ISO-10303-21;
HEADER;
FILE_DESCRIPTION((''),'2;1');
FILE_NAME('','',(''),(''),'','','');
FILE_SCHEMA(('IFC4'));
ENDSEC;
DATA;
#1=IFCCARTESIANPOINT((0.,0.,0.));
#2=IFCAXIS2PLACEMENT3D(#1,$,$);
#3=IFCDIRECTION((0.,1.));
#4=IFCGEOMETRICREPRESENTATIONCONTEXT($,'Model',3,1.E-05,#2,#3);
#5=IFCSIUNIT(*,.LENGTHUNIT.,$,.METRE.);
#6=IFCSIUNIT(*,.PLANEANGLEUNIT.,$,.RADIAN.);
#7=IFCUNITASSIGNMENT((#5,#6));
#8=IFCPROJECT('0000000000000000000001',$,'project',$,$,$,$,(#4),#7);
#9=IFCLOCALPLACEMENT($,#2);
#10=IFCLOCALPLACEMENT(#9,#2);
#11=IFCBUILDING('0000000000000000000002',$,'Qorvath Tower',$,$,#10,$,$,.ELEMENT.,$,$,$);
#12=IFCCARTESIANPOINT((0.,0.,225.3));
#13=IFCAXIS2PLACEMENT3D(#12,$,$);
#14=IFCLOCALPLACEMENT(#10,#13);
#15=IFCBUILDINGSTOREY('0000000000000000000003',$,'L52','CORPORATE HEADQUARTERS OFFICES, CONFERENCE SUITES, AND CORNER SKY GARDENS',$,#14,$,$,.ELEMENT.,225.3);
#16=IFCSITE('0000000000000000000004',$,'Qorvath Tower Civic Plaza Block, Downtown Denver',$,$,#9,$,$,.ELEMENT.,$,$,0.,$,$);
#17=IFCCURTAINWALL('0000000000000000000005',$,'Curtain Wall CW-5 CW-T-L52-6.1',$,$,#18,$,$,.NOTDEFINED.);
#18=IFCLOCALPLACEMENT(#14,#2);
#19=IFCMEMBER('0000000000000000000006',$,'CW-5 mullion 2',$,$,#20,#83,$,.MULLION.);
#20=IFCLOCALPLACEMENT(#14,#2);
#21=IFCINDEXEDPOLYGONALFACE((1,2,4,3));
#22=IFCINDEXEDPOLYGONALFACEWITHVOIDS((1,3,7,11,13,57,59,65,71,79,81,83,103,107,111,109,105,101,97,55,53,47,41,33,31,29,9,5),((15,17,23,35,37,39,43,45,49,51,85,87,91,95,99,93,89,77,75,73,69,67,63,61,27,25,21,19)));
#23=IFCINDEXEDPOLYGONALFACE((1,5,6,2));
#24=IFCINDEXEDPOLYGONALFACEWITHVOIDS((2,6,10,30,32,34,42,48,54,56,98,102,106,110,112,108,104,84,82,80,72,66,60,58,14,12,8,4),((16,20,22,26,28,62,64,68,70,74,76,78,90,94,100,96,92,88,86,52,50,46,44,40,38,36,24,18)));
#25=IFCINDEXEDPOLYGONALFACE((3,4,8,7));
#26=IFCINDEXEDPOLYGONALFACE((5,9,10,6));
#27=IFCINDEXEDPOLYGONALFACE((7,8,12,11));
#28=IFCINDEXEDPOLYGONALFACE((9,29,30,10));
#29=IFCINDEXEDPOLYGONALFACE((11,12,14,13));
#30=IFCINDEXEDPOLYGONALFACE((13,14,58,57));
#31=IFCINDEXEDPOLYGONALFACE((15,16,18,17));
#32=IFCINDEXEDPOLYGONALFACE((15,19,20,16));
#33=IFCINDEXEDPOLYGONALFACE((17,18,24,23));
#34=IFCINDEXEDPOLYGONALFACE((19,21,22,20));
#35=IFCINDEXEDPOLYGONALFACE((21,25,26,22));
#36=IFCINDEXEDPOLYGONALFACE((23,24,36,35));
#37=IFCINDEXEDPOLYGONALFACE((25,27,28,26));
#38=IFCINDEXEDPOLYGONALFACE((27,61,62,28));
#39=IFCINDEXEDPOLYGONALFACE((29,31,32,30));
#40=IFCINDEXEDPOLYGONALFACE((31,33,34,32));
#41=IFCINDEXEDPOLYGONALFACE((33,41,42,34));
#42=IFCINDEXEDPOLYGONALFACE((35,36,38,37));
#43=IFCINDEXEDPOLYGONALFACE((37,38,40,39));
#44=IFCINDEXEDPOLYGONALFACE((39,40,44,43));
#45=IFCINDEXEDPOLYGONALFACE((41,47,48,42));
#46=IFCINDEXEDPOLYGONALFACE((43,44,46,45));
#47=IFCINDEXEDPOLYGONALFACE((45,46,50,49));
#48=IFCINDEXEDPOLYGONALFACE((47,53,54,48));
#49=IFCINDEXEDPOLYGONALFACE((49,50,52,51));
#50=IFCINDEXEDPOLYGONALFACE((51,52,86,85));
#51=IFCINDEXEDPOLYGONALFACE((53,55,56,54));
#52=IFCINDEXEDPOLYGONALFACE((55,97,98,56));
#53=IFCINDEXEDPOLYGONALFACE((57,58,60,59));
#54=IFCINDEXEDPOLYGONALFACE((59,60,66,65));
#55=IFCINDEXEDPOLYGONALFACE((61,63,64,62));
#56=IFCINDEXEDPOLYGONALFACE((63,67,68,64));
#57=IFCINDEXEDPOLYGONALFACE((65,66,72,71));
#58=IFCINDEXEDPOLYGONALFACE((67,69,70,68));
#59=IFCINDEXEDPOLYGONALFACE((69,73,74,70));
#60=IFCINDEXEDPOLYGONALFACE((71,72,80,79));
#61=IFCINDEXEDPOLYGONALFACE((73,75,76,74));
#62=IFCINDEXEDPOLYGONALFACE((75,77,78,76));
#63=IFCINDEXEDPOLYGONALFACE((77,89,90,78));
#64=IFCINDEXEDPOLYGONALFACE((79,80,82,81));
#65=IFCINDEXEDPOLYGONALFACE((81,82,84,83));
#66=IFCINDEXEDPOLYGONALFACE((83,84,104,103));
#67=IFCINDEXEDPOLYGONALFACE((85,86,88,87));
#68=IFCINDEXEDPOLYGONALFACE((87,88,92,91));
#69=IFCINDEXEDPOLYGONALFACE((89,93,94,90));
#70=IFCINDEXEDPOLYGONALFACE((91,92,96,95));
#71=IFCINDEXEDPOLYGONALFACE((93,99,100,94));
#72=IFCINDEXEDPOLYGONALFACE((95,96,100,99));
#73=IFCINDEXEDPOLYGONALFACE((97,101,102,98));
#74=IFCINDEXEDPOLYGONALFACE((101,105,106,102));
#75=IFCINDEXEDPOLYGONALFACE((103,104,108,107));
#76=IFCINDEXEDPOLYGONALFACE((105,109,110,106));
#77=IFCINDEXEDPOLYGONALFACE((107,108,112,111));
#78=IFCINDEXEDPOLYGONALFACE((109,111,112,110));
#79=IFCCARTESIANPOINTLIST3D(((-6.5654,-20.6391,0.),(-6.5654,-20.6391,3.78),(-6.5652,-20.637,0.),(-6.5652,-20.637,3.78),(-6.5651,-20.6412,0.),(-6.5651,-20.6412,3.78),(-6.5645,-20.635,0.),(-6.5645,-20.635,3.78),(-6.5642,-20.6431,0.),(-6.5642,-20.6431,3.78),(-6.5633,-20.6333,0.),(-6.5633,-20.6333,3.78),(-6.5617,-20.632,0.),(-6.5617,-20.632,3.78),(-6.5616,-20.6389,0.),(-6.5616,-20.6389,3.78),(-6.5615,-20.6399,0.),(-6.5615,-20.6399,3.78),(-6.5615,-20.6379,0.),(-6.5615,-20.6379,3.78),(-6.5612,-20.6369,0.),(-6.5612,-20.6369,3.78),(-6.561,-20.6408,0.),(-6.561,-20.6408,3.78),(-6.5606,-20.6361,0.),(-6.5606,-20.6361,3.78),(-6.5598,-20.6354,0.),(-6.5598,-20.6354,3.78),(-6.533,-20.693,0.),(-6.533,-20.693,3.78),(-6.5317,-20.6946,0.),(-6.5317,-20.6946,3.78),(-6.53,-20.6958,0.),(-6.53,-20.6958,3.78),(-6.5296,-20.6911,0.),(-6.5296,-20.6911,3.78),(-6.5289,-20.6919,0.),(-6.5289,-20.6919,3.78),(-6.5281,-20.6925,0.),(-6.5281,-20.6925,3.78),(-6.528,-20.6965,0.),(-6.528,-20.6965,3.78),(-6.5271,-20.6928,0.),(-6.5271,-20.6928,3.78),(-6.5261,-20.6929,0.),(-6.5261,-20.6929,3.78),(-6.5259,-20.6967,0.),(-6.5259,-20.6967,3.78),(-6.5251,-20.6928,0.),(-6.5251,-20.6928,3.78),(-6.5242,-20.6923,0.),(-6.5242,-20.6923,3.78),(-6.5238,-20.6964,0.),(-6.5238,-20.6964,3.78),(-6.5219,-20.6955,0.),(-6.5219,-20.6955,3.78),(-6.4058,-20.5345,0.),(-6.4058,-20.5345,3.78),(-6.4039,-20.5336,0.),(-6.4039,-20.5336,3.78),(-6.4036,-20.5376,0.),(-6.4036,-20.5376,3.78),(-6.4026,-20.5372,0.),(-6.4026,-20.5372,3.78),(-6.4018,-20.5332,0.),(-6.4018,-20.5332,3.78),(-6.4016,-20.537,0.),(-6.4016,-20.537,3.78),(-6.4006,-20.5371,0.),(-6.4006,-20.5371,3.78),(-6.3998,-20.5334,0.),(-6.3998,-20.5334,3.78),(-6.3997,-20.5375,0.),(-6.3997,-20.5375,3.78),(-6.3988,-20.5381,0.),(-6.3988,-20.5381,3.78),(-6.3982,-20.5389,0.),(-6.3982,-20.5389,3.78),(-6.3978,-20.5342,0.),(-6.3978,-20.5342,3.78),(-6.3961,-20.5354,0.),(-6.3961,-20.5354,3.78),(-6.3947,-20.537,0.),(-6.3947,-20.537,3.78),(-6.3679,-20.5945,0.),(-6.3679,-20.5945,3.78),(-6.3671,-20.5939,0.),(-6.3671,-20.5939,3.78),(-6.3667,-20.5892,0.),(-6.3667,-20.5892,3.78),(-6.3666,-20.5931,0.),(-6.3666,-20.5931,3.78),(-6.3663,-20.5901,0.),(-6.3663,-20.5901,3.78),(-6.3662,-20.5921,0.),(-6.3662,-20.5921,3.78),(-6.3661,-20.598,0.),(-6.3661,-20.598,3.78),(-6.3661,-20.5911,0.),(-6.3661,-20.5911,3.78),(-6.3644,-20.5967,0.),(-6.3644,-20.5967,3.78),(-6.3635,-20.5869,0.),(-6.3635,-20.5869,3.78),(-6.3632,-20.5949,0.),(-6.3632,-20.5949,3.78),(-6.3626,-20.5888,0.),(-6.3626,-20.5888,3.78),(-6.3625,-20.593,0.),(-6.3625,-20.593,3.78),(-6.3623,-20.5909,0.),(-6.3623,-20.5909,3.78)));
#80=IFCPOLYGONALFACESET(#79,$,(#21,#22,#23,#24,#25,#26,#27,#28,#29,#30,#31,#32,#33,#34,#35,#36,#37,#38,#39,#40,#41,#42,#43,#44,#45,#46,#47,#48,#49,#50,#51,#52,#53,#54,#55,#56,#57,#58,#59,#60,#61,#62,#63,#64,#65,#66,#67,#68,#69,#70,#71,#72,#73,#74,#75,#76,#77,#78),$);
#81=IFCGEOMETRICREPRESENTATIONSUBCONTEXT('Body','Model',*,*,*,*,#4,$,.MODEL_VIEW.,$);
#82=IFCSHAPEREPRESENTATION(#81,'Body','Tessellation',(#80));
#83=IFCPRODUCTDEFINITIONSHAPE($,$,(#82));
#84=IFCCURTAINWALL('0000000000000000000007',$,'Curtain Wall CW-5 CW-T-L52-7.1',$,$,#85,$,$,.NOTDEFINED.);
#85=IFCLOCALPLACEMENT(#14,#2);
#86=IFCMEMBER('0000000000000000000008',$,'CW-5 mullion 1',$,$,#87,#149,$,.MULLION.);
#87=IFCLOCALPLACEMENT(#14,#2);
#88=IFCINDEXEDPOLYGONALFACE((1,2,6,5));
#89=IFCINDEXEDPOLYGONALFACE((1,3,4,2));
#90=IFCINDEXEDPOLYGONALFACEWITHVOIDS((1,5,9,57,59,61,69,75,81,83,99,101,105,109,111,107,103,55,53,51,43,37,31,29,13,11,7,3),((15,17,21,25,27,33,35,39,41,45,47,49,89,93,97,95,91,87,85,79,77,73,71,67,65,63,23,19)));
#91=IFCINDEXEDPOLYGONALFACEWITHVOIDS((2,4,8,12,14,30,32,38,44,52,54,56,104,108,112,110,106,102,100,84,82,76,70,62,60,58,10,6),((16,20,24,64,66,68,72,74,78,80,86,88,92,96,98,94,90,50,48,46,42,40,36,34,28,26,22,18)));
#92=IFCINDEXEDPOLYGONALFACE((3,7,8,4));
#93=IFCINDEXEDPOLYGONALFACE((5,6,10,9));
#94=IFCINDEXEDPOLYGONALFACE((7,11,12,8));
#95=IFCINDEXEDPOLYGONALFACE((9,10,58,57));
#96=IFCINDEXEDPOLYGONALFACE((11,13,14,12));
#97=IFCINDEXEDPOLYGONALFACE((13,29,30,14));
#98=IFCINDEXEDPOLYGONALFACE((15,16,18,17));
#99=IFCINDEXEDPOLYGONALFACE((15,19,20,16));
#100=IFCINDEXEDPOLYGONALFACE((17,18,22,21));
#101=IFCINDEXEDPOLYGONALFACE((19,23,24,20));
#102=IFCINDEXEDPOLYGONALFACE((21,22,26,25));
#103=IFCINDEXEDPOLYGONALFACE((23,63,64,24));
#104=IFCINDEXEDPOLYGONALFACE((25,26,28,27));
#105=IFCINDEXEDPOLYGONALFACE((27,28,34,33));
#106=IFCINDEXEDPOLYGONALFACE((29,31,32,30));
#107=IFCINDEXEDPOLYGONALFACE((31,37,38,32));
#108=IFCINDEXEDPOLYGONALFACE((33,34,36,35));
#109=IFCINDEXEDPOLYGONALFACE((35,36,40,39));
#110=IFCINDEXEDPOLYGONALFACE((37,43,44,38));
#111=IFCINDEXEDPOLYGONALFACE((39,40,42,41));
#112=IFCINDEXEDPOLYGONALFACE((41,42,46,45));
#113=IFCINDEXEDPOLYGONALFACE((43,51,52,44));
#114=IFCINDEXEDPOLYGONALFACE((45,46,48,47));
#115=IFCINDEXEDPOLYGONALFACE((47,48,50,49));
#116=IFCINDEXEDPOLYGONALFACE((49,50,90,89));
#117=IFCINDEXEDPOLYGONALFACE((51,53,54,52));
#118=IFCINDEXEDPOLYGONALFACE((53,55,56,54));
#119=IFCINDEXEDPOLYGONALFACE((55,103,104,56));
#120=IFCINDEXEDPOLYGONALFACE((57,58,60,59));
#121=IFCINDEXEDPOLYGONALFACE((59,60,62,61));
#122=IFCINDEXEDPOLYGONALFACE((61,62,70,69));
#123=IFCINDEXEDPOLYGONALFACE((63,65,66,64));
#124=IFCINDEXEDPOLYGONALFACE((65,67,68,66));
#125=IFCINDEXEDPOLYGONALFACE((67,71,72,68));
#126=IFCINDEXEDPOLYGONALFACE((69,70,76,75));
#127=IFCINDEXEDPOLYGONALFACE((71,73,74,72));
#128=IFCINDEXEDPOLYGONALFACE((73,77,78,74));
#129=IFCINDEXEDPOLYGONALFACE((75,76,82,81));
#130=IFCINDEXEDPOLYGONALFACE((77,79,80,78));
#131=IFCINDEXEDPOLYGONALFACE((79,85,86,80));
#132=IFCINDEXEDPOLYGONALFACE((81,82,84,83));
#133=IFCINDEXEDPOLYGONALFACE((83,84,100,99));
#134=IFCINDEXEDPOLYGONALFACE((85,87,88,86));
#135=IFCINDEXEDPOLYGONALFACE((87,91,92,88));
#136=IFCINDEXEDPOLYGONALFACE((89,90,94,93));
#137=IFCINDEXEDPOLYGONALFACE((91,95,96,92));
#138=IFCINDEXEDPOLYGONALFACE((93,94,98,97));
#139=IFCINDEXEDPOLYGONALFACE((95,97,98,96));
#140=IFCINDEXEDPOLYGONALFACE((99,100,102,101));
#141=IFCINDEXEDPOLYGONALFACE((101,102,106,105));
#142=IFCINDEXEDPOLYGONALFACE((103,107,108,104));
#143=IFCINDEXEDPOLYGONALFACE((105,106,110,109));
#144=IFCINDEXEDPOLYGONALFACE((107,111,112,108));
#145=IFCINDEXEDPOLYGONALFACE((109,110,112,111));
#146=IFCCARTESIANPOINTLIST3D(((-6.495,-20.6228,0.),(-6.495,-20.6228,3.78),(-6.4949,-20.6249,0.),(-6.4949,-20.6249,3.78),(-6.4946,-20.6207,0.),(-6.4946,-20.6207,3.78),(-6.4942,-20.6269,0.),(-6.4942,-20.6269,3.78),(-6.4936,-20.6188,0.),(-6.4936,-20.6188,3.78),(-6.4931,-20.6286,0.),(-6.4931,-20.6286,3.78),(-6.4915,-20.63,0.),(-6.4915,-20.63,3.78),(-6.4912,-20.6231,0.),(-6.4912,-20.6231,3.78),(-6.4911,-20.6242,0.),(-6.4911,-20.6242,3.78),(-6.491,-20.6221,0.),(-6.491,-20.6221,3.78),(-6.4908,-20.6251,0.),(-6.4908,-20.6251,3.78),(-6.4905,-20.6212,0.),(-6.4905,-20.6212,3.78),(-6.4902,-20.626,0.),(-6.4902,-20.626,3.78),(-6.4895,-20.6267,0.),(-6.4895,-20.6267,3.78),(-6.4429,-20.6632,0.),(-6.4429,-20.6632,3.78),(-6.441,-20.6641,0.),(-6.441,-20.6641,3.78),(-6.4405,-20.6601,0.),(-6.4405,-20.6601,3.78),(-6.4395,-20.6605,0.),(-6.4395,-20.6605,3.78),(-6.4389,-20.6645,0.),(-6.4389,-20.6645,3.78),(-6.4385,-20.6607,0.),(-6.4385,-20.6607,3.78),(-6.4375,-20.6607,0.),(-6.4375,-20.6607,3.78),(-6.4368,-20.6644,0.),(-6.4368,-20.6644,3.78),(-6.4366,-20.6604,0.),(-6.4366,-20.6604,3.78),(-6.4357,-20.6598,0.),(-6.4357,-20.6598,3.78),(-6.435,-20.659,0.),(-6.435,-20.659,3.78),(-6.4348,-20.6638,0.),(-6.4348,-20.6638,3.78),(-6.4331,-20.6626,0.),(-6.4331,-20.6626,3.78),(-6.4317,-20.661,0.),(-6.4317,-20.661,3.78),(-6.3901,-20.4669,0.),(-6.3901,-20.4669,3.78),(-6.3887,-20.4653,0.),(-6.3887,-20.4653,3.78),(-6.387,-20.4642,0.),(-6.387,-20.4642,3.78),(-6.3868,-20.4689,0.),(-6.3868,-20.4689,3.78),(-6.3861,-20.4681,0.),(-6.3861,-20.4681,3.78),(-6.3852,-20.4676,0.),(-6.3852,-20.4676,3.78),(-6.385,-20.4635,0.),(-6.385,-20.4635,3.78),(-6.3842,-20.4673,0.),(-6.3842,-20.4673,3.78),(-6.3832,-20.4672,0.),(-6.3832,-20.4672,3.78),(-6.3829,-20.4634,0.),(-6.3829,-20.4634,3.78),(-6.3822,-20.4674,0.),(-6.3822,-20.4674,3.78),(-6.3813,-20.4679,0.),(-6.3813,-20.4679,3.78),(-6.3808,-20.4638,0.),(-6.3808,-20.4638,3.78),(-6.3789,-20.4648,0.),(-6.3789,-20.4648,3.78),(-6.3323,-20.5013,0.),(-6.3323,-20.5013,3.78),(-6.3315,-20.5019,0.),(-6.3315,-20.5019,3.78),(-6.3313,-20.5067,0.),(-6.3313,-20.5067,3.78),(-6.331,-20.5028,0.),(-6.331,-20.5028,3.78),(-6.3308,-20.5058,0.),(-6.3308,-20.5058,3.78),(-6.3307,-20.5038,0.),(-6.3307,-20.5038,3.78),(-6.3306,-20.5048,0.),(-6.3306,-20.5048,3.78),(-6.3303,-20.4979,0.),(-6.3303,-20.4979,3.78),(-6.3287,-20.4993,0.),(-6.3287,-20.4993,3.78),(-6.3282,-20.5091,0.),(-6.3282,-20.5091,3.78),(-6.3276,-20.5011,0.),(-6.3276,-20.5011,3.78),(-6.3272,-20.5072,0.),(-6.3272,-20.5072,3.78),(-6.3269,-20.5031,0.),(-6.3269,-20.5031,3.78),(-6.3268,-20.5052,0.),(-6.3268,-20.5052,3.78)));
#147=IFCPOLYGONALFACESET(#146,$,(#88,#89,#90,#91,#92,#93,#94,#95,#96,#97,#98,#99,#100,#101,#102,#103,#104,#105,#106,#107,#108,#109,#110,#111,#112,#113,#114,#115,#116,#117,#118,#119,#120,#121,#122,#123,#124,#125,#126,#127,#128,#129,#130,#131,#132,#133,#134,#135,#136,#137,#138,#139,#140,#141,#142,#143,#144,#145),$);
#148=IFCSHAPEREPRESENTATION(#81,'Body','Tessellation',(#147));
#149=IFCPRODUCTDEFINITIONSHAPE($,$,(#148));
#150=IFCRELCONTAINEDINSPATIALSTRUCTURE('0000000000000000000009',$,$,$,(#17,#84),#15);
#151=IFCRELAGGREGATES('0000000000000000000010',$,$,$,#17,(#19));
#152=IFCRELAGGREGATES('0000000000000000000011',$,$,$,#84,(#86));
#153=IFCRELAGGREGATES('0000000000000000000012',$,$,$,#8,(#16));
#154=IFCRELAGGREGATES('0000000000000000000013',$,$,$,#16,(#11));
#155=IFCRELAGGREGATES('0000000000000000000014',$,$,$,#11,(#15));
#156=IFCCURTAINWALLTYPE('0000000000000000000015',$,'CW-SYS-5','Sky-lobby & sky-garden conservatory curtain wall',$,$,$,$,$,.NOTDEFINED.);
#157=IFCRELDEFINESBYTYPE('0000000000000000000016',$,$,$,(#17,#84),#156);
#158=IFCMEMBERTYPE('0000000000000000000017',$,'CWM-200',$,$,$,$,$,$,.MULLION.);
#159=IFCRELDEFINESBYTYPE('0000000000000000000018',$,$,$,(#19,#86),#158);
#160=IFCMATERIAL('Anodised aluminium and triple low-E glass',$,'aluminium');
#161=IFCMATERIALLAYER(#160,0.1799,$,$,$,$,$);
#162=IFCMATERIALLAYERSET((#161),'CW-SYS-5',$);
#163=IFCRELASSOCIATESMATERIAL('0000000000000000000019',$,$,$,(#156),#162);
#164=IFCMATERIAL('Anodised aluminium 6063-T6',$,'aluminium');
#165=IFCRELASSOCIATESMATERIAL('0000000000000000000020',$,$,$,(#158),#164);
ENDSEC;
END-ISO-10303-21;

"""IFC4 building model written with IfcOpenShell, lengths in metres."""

from ifc_helpers import new_model, si_unit, direction, frame, origin, origin_2d, place, context, subcontext, project, spatial, hollow_rectangle, extrude, material, layer, layer_set, material_profile, profile_set, type_object, element, aggregate, save


model = new_model("IFC4")

# Units and contexts
model_context = context("Model", 3, precision=1e-05, world=origin(), true_north=direction((0.0, 1.0)))
body_context = subcontext(model_context, "Body", "Model", "MODEL_VIEW")
ifc_project = project(units=[si_unit("LENGTHUNIT", "METRE"), si_unit("PLANEANGLEUNIT", "RADIAN")], contexts=[model_context])

# Site, building, storey
site_placement = place(None, origin())
site = spatial("IfcSite", under=ifc_project, at=site_placement, Name="Qorvath Tower Civic Plaza Block, Downtown Denver", CompositionType="ELEMENT", RefElevation=0.0)
building_placement = place(site_placement, origin())
building = spatial("IfcBuilding", under=site, at=building_placement, Name="Qorvath Tower", CompositionType="ELEMENT")
storey_placement = place(building_placement, frame((0.0, 0.0, 225.3)))
storey = spatial("IfcBuildingStorey", under=building, at=storey_placement, Name="L52", Description="CORPORATE HEADQUARTERS OFFICES, CONFERENCE SUITES, AND CORNER SKY GARDENS", CompositionType="ELEMENT", Elevation=225.3)

# Shared definitions
ifc_material_1 = material(Name="Anodised aluminium and triple low-E glass", Category="aluminium")
ifc_layer_1 = layer(ifc_material_1, 0.1799)
ifc_layer_set_1 = layer_set([ifc_layer_1], Name="CW-SYS-5")
curtain_wall_type = type_object("IfcCurtainWallType", Name="CW-SYS-5", Description="Sky-lobby & sky-garden conservatory curtain wall", PredefinedType="NOTDEFINED", material=ifc_layer_set_1)
ifc_material_2 = material(Name="Anodised aluminium 6063-T6", Category="aluminium")
ifc_material_profile_1 = material_profile(ifc_material_2, hollow_rectangle(XDim=0.075, YDim=0.2, WallThickness=0.0039, InnerFilletRadius=0.0039, OuterFilletRadius=0.0081, at=origin_2d()), Name="CWM 200x75")
ifc_profile_set_1 = profile_set([ifc_material_profile_1], Name="Anodised aluminium 6063-T6")
member_type_1 = type_object("IfcMemberType", Name="CWM-200", PredefinedType="MULLION", material=ifc_profile_set_1)

# Curtain wall, member
curtain_wall_1_placement = place(storey_placement, origin())
curtain_wall_1 = element("IfcCurtainWall", 1, at=curtain_wall_1_placement, inside=storey, type_object=curtain_wall_type, Name="Curtain Wall CW-5 CW-T-L52-6.1", PredefinedType="NOTDEFINED")
member_1_placement = place(storey_placement, frame((-6.4639, -20.615, 0.0), z_axis=(0.0, 0.0, 1.0), x_axis=(-0.530545, 0.847657, 0.0)))
member_1 = element("IfcMember", 2, at=member_1_placement, type_object=member_type_1, Name="CW-5 mullion 2", PredefinedType="MULLION", context=body_context, shape_type="SweptSolid", body=[
    extrude(hollow_rectangle(XDim=0.075, YDim=0.2, WallThickness=0.0039, InnerFilletRadius=0.0039, OuterFilletRadius=0.0081, at=origin_2d()), origin(), (0.0, 0.0, 1.0), 3.78),
])

# Curtain wall, member
curtain_wall_2_placement = place(storey_placement, origin())
curtain_wall_2 = element("IfcCurtainWall", 3, at=curtain_wall_2_placement, inside=storey, type_object=curtain_wall_type, Name="Curtain Wall CW-5 CW-T-L52-7.1", PredefinedType="NOTDEFINED")
member_2_placement = place(storey_placement, frame((-6.4109, -20.564, 0.0), z_axis=(0.0, 0.0, 1.0), x_axis=(-0.826491, 0.56295, 0.0)))
member_2 = element("IfcMember", 4, at=member_2_placement, type_object=member_type_1, Name="CW-5 mullion 1", PredefinedType="MULLION", context=body_context, shape_type="SweptSolid", body=[
    extrude(hollow_rectangle(XDim=0.075, YDim=0.2, WallThickness=0.0039, InnerFilletRadius=0.0039, OuterFilletRadius=0.0081, at=origin_2d()), origin(), (0.0, 0.0, 1.0), 3.78),
])

aggregate(curtain_wall_1, [member_1])
aggregate(curtain_wall_2, [member_2])

save(model, "model.ifc")
